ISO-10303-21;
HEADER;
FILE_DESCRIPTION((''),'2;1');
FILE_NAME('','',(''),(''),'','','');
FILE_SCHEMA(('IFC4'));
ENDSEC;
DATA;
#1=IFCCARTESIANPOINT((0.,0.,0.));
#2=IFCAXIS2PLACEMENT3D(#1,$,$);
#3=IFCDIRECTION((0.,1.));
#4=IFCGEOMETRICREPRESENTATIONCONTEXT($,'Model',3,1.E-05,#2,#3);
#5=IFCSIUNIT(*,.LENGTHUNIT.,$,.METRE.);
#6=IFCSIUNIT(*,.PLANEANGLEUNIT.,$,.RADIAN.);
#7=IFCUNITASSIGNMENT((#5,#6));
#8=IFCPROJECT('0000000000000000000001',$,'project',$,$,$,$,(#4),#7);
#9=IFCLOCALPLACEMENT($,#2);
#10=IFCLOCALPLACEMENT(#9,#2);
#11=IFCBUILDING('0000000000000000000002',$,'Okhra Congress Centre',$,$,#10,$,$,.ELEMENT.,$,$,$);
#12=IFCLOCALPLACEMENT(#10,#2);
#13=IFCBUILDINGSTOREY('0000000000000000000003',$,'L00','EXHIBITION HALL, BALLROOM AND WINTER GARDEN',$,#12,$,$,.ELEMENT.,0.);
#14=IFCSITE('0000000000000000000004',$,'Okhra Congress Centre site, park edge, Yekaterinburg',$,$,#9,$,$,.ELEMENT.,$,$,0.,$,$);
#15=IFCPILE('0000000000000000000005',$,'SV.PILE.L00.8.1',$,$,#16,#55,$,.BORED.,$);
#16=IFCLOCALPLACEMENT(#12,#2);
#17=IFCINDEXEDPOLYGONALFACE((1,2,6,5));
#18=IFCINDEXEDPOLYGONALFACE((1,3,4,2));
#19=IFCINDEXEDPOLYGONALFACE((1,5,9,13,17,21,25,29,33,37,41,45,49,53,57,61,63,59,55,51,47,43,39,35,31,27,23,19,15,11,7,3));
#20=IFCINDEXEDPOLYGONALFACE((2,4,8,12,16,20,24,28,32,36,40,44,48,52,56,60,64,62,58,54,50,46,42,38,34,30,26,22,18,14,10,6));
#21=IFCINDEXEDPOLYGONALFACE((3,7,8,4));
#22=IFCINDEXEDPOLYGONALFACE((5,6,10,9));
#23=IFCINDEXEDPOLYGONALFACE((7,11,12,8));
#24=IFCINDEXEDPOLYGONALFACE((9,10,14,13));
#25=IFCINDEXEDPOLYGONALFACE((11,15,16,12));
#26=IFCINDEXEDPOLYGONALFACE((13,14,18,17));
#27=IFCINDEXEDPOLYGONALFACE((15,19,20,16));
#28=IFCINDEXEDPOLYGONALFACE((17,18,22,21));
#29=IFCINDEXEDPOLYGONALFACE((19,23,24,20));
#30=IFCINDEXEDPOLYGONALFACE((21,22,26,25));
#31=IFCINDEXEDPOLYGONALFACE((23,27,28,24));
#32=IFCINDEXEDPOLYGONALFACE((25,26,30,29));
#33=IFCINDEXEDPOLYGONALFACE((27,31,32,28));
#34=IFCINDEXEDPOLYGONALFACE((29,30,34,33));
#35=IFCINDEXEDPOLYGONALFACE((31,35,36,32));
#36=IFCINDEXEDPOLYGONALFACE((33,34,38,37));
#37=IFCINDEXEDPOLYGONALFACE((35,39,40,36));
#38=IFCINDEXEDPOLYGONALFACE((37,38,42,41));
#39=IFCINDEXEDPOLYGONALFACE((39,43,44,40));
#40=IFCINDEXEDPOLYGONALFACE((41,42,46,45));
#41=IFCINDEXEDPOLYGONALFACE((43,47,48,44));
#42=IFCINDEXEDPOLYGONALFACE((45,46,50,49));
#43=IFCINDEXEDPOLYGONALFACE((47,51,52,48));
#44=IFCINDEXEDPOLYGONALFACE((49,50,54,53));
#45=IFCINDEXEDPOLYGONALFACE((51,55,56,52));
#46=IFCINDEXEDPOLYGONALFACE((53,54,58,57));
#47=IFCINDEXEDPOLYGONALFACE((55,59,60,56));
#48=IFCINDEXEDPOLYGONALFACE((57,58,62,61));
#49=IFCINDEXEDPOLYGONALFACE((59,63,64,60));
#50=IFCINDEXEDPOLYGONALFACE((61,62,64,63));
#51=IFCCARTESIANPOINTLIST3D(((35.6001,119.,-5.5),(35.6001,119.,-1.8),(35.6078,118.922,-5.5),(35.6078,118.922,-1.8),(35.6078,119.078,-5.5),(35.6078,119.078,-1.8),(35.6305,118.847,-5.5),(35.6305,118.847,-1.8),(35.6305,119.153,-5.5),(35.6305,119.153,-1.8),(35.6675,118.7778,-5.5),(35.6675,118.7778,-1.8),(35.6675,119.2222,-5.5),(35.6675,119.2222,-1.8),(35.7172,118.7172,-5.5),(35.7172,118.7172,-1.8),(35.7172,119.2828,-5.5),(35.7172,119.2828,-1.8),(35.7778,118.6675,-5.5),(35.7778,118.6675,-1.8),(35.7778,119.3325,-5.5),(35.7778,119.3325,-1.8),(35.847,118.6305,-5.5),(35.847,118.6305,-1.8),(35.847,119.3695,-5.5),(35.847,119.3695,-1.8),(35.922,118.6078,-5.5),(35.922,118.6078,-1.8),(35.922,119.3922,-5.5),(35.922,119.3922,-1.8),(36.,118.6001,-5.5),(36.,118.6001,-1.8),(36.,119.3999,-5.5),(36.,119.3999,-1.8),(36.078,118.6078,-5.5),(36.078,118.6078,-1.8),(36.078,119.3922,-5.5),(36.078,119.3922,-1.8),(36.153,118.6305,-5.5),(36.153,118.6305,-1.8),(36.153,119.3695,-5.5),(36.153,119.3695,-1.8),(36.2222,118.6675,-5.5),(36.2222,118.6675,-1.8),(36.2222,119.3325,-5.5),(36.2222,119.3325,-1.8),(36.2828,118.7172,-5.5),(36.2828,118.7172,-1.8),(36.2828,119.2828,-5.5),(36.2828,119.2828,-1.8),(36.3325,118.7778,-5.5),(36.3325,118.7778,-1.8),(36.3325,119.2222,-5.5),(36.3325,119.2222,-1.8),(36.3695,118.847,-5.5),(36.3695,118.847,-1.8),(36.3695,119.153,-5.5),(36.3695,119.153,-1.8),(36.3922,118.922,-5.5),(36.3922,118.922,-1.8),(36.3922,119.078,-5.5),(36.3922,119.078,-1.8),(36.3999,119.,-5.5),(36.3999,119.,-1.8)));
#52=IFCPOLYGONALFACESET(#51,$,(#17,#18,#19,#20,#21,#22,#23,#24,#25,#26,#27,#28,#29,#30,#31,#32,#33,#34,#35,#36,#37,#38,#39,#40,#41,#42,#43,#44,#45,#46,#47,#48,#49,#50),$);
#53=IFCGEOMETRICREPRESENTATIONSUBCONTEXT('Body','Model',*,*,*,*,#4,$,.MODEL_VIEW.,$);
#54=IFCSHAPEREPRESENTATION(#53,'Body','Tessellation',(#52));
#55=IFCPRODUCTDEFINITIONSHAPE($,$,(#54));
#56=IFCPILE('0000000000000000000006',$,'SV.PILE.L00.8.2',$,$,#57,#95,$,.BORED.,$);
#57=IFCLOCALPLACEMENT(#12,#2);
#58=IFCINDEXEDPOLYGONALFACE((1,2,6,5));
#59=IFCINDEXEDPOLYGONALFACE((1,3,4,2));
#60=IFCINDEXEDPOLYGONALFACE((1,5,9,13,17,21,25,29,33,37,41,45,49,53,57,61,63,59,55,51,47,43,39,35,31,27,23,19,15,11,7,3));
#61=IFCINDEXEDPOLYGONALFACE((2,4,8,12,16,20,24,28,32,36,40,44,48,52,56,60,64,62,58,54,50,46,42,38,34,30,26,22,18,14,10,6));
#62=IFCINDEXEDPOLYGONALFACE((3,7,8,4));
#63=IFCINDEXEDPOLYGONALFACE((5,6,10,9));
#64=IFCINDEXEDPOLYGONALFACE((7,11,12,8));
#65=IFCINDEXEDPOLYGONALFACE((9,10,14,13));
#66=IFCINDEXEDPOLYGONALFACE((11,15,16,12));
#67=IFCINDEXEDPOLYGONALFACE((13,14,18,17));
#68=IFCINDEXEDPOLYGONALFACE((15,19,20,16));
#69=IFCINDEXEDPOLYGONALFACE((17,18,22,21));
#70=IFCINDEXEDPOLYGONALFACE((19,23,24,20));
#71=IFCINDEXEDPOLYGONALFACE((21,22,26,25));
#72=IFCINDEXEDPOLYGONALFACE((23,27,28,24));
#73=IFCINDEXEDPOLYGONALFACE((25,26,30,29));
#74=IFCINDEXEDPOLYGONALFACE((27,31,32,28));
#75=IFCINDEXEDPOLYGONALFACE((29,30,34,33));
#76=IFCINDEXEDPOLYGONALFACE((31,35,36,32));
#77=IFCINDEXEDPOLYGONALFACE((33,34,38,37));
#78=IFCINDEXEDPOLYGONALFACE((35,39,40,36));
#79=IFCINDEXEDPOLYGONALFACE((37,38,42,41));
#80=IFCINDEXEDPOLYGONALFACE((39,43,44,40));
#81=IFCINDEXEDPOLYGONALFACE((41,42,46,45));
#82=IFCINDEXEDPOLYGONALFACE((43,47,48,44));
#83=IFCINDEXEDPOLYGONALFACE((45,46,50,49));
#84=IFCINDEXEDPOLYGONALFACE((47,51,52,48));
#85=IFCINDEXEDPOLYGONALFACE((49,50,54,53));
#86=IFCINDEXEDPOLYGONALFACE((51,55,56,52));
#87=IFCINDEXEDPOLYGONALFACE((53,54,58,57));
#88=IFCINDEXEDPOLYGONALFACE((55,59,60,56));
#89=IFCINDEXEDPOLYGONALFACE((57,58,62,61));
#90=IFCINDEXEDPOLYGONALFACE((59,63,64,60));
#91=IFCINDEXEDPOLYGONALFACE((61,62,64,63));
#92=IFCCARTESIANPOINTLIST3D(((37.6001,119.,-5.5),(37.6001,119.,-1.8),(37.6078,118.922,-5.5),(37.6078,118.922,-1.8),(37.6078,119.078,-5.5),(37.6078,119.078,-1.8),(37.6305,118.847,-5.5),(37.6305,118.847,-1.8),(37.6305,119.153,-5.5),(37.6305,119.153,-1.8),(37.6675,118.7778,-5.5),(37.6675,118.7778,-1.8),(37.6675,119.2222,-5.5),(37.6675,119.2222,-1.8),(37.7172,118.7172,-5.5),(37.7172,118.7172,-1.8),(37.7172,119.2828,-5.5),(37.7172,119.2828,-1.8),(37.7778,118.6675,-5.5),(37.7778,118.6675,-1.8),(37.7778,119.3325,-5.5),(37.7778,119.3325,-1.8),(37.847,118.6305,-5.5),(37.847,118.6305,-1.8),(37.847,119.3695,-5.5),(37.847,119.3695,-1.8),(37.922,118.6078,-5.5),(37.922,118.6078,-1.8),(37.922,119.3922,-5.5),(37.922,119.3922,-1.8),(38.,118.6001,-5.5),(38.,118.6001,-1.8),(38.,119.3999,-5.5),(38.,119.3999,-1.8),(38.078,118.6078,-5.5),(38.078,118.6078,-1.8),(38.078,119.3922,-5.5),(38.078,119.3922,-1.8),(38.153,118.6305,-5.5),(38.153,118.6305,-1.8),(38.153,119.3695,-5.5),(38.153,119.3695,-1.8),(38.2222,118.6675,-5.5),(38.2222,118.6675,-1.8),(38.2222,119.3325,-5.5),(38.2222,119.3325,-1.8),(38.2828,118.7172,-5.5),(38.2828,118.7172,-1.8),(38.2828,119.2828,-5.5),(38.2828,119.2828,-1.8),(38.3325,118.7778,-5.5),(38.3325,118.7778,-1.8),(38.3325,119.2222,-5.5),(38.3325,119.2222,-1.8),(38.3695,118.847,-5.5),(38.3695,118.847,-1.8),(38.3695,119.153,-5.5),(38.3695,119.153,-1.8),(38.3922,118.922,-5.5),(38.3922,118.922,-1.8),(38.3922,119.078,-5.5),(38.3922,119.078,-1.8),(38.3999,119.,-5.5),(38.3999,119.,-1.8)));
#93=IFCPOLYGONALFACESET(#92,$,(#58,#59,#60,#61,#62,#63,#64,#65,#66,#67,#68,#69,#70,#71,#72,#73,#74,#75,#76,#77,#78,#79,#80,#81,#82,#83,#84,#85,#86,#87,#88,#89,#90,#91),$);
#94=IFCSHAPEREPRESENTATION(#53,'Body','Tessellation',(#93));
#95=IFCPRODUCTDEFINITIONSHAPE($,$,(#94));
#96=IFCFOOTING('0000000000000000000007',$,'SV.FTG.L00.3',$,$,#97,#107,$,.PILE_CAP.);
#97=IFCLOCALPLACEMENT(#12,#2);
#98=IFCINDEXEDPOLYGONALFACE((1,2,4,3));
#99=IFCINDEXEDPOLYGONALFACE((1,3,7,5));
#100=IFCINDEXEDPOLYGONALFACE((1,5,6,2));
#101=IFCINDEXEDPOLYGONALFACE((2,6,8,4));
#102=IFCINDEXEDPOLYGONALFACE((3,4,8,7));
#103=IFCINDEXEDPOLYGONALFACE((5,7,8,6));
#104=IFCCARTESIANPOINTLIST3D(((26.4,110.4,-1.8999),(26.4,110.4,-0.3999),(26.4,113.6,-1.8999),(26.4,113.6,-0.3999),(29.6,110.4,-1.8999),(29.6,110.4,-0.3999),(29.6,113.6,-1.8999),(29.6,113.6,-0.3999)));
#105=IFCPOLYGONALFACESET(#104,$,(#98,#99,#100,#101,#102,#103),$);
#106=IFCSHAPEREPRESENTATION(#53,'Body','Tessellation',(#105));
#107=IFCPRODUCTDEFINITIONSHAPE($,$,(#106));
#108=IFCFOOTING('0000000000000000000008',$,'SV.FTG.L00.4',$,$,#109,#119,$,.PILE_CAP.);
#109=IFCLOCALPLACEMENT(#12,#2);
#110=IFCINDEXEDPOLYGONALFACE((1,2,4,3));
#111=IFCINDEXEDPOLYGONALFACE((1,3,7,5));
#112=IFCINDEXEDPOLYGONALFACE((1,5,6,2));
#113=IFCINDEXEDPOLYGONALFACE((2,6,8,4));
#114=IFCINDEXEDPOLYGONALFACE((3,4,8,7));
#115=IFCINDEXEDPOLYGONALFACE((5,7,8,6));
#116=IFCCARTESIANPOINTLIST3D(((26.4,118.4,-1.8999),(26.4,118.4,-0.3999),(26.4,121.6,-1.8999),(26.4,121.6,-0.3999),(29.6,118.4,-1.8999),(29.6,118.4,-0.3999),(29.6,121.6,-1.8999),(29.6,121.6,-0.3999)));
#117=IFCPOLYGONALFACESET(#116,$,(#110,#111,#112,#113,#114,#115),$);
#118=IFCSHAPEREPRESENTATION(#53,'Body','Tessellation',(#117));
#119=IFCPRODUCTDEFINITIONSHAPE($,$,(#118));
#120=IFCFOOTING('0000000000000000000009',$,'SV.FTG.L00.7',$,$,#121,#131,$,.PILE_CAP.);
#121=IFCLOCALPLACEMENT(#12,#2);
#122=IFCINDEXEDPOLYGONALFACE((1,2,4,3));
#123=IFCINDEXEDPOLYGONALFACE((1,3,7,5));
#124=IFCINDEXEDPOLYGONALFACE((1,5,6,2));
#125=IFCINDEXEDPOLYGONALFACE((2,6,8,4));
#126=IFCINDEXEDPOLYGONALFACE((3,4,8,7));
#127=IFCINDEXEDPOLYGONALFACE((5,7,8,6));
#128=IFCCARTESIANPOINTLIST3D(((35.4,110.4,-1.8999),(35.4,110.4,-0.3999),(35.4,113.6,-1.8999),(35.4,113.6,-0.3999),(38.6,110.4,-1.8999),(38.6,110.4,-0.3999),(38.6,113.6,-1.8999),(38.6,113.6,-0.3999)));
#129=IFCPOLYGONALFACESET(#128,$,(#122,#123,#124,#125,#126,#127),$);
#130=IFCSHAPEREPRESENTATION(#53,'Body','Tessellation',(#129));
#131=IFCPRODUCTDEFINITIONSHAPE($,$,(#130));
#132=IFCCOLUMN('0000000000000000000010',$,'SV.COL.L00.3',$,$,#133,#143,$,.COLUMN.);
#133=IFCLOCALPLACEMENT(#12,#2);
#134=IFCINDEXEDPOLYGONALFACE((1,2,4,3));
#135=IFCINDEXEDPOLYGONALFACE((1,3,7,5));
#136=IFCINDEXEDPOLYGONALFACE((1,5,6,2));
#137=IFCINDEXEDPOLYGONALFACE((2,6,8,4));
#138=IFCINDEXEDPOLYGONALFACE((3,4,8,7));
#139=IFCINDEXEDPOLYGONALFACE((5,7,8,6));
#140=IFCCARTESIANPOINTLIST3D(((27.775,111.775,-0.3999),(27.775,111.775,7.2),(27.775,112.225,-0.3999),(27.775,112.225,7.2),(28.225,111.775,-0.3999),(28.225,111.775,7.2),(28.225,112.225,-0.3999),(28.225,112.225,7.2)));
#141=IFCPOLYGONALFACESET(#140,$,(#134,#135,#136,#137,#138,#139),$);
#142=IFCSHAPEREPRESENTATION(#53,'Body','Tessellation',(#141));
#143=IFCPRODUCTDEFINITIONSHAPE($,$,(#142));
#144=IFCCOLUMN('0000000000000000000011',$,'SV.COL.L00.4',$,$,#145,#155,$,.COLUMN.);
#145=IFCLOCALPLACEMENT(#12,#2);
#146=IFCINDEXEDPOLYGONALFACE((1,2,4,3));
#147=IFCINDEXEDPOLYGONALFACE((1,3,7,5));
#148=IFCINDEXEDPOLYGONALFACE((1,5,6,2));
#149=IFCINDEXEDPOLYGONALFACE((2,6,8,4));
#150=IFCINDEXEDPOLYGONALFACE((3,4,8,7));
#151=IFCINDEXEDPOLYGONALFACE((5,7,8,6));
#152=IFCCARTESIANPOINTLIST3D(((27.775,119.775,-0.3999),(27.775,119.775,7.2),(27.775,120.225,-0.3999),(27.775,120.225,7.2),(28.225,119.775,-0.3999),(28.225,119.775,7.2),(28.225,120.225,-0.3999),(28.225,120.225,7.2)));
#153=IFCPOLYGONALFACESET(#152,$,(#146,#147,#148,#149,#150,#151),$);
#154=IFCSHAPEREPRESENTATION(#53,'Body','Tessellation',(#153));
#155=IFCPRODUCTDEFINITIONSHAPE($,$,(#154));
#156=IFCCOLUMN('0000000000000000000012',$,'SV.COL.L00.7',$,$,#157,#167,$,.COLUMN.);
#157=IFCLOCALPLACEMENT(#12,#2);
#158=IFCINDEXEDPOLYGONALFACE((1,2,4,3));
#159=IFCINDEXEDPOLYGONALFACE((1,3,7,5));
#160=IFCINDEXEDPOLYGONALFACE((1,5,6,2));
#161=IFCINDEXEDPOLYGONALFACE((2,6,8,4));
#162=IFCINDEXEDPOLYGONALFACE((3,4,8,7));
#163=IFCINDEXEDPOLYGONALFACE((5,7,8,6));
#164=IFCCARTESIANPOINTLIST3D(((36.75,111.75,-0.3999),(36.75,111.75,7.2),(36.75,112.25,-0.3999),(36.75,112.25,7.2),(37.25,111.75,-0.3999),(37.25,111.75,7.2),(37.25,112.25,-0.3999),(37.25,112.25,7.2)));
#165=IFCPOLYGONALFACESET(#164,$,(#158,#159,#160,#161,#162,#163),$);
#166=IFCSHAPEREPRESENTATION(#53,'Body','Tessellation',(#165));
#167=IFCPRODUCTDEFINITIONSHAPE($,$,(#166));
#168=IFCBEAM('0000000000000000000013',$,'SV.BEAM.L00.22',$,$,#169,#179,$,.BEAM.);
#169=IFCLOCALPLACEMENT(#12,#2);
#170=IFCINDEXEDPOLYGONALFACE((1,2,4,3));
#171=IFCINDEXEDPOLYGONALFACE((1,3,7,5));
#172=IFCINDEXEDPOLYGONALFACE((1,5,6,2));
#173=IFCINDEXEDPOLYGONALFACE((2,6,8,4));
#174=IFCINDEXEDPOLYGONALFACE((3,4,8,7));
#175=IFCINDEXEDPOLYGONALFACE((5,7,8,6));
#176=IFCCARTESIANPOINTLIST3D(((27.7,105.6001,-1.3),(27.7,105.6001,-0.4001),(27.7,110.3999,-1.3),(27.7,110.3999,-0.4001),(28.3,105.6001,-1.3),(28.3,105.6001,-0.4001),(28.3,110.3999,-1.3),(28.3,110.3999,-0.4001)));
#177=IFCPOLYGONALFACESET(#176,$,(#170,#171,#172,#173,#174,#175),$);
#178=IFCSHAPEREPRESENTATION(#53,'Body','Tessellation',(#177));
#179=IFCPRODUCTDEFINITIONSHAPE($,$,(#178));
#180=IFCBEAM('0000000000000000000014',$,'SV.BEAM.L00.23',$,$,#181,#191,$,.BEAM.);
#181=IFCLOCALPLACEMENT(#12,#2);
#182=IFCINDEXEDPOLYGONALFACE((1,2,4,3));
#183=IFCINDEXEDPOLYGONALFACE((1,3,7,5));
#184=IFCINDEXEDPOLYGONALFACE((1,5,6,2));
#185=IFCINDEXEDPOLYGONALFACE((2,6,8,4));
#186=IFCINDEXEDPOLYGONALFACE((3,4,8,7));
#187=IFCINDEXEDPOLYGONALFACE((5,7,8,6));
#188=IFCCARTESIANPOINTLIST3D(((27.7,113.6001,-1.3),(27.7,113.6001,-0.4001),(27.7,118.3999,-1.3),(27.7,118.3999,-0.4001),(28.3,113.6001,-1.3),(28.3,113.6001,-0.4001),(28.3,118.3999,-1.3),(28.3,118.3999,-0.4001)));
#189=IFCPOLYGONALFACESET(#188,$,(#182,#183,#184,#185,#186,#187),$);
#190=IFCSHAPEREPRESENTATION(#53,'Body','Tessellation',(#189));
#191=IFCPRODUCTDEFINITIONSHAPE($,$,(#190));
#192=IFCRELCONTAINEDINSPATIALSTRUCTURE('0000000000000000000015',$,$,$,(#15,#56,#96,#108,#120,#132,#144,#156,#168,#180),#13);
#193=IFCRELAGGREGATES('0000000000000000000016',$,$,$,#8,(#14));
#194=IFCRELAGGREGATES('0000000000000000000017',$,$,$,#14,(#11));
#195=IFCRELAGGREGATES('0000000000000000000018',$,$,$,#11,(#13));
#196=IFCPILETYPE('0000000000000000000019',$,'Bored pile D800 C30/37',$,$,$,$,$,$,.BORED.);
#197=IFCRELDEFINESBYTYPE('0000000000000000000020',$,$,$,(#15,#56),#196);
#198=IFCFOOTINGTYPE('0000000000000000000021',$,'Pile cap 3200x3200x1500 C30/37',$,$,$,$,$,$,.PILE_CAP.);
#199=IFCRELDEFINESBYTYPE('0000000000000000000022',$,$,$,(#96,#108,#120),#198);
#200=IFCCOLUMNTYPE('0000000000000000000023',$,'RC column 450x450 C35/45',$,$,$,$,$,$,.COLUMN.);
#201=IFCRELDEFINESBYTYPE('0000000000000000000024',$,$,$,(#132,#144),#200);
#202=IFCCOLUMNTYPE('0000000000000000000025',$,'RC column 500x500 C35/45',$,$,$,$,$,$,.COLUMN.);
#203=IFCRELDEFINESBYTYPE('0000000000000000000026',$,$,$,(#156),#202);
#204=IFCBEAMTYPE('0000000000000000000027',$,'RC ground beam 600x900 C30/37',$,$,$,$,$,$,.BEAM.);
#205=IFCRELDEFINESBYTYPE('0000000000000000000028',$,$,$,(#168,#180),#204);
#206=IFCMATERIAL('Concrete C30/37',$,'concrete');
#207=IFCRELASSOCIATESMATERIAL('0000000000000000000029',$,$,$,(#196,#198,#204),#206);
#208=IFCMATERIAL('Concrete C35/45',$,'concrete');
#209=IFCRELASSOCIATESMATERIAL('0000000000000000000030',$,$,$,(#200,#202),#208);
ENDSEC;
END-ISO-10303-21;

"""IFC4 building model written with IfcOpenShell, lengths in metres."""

from ifc_helpers import new_model, si_unit, direction, frame, origin, origin_2d, place, context, subcontext, project, spatial, rectangle, circle, extrude, material, material_profile, profile_set, type_object, element, save


model = new_model("IFC4")

# Units and contexts
model_context = context("Model", 3, precision=1e-05, world=origin(), true_north=direction((0.0, 1.0)))
body_context = subcontext(model_context, "Body", "Model", "MODEL_VIEW")
ifc_project = project(units=[si_unit("LENGTHUNIT", "METRE"), si_unit("PLANEANGLEUNIT", "RADIAN")], contexts=[model_context])

# Site, building, storey
site_placement = place(None, origin())
site = spatial("IfcSite", under=ifc_project, at=site_placement, Name="Okhra Congress Centre site, park edge, Yekaterinburg", CompositionType="ELEMENT", RefElevation=0.0)
building_placement = place(site_placement, origin())
building = spatial("IfcBuilding", under=site, at=building_placement, Name="Okhra Congress Centre", CompositionType="ELEMENT")
storey_placement = place(building_placement, origin())
storey = spatial("IfcBuildingStorey", under=building, at=storey_placement, Name="L00", Description="EXHIBITION HALL, BALLROOM AND WINTER GARDEN", CompositionType="ELEMENT", Elevation=0.0)

# Piles
ifc_material_1 = material(Name="Concrete C30/37", Category="concrete")
ifc_material_profile_1 = material_profile(ifc_material_1, circle(Radius=0.3999, at=origin_2d()), Name="D800")
ifc_profile_set_1 = profile_set([ifc_material_profile_1], Name="Concrete C30/37")
pile_type = type_object("IfcPileType", Name="Bored pile D800 C30/37", PredefinedType="BORED", material=ifc_profile_set_1)
for number, where, z_axis, x_axis, name in (
    (1, (36.0, 119.0, -1.8), (0.0, 0.0, -1.0), (1.0, 0.0, 0.0), "SV.PILE.L00.8.1"),
    (2, (38.0, 119.0, -1.8), (0.0, 0.0, -1.0), (1.0, 0.0, 0.0), "SV.PILE.L00.8.2"),
):
    element("IfcPile", number, at=place(storey_placement, frame(where, z_axis=z_axis, x_axis=x_axis)), inside=storey, type_object=pile_type, Name=name, PredefinedType="BORED", context=body_context, shape_type="SweptSolid", body=[
        extrude(circle(Radius=0.3999, at=origin_2d()), origin(), (0.0, 0.0, 1.0), 3.7),
    ])

# Footings
footing_type = type_object("IfcFootingType", Name="Pile cap 3200x3200x1500 C30/37", PredefinedType="PILE_CAP", material=ifc_material_1)
for number, where, z_axis, x_axis, name in (
    (3, (28.0, 112.0, -1.8999), (0.0, 0.0, 1.0), (1.0, 0.0, 0.0), "SV.FTG.L00.3"),
    (4, (28.0, 120.0, -1.8999), (0.0, 0.0, 1.0), (1.0, 0.0, 0.0), "SV.FTG.L00.4"),
    (5, (37.0, 112.0, -1.8999), (0.0, 0.0, 1.0), (1.0, 0.0, 0.0), "SV.FTG.L00.7"),
):
    element("IfcFooting", number, at=place(storey_placement, frame(where, z_axis=z_axis, x_axis=x_axis)), inside=storey, type_object=footing_type, Name=name, PredefinedType="PILE_CAP", context=body_context, shape_type="SweptSolid", body=[
        extrude(rectangle(XDim=3.2, YDim=3.2, at=origin_2d()), origin(), (0.0, 0.0, 1.0), 1.5),
    ])

# Columns
ifc_material_2 = material(Name="Concrete C35/45", Category="concrete")
ifc_material_profile_2 = material_profile(ifc_material_2, rectangle(XDim=0.45, YDim=0.45, at=origin_2d()), Name="RC 450x450")
ifc_profile_set_2 = profile_set([ifc_material_profile_2], Name="Concrete C35/45")
column_type_1 = type_object("IfcColumnType", Name="RC column 450x450 C35/45", PredefinedType="COLUMN", material=ifc_profile_set_2)
for number, where, z_axis, x_axis, name in (
    (6, (28.0, 112.0, -0.3999), (0.0, 0.0, 1.0), (1.0, 0.0, 0.0), "SV.COL.L00.3"),
    (7, (28.0, 120.0, -0.3999), (0.0, 0.0, 1.0), (1.0, 0.0, 0.0), "SV.COL.L00.4"),
):
    element("IfcColumn", number, at=place(storey_placement, frame(where, z_axis=z_axis, x_axis=x_axis)), inside=storey, type_object=column_type_1, Name=name, PredefinedType="COLUMN", context=body_context, shape_type="SweptSolid", body=[
        extrude(rectangle(XDim=0.45, YDim=0.45, at=origin_2d()), origin(), (0.0, 0.0, 1.0), 7.5999),
    ])
ifc_material_profile_3 = material_profile(ifc_material_2, rectangle(XDim=0.5, YDim=0.5, at=origin_2d()), Name="RC 500x500")
ifc_profile_set_3 = profile_set([ifc_material_profile_3], Name="Concrete C35/45")
column_type_2 = type_object("IfcColumnType", Name="RC column 500x500 C35/45", PredefinedType="COLUMN", material=ifc_profile_set_3)
column_placement = place(storey_placement, frame((37.0, 112.0, -0.3999), z_axis=(0.0, 0.0, 1.0), x_axis=(1.0, 0.0, 0.0)))
element("IfcColumn", 8, at=column_placement, inside=storey, type_object=column_type_2, Name="SV.COL.L00.7", PredefinedType="COLUMN", context=body_context, shape_type="SweptSolid", body=[
    extrude(rectangle(XDim=0.5, YDim=0.5, at=origin_2d()), origin(), (0.0, 0.0, 1.0), 7.5999),
])

# Beams
ifc_material_profile_4 = material_profile(ifc_material_1, rectangle(XDim=0.6001, YDim=0.8999, at=origin_2d()), Name="RC 600x900")
ifc_profile_set_4 = profile_set([ifc_material_profile_4], Name="Concrete C30/37")
beam_type = type_object("IfcBeamType", Name="RC ground beam 600x900 C30/37", PredefinedType="BEAM", material=ifc_profile_set_4)
for number, where, z_axis, x_axis, name in (
    (9, (28.0, 105.6001, -0.8501), (0.0, 1.0, 0.0), (-1.0, 0.0, 0.0), "SV.BEAM.L00.22"),
    (10, (28.0, 113.6001, -0.8501), (0.0, 1.0, 0.0), (-1.0, 0.0, 0.0), "SV.BEAM.L00.23"),
):
    element("IfcBeam", number, at=place(storey_placement, frame(where, z_axis=z_axis, x_axis=x_axis)), inside=storey, type_object=beam_type, Name=name, PredefinedType="BEAM", context=body_context, shape_type="SweptSolid", body=[
        extrude(rectangle(XDim=0.6001, YDim=0.8999, at=origin_2d()), origin(), (0.0, 0.0, 1.0), 4.7998),
    ])

save(model, "model.ifc")
